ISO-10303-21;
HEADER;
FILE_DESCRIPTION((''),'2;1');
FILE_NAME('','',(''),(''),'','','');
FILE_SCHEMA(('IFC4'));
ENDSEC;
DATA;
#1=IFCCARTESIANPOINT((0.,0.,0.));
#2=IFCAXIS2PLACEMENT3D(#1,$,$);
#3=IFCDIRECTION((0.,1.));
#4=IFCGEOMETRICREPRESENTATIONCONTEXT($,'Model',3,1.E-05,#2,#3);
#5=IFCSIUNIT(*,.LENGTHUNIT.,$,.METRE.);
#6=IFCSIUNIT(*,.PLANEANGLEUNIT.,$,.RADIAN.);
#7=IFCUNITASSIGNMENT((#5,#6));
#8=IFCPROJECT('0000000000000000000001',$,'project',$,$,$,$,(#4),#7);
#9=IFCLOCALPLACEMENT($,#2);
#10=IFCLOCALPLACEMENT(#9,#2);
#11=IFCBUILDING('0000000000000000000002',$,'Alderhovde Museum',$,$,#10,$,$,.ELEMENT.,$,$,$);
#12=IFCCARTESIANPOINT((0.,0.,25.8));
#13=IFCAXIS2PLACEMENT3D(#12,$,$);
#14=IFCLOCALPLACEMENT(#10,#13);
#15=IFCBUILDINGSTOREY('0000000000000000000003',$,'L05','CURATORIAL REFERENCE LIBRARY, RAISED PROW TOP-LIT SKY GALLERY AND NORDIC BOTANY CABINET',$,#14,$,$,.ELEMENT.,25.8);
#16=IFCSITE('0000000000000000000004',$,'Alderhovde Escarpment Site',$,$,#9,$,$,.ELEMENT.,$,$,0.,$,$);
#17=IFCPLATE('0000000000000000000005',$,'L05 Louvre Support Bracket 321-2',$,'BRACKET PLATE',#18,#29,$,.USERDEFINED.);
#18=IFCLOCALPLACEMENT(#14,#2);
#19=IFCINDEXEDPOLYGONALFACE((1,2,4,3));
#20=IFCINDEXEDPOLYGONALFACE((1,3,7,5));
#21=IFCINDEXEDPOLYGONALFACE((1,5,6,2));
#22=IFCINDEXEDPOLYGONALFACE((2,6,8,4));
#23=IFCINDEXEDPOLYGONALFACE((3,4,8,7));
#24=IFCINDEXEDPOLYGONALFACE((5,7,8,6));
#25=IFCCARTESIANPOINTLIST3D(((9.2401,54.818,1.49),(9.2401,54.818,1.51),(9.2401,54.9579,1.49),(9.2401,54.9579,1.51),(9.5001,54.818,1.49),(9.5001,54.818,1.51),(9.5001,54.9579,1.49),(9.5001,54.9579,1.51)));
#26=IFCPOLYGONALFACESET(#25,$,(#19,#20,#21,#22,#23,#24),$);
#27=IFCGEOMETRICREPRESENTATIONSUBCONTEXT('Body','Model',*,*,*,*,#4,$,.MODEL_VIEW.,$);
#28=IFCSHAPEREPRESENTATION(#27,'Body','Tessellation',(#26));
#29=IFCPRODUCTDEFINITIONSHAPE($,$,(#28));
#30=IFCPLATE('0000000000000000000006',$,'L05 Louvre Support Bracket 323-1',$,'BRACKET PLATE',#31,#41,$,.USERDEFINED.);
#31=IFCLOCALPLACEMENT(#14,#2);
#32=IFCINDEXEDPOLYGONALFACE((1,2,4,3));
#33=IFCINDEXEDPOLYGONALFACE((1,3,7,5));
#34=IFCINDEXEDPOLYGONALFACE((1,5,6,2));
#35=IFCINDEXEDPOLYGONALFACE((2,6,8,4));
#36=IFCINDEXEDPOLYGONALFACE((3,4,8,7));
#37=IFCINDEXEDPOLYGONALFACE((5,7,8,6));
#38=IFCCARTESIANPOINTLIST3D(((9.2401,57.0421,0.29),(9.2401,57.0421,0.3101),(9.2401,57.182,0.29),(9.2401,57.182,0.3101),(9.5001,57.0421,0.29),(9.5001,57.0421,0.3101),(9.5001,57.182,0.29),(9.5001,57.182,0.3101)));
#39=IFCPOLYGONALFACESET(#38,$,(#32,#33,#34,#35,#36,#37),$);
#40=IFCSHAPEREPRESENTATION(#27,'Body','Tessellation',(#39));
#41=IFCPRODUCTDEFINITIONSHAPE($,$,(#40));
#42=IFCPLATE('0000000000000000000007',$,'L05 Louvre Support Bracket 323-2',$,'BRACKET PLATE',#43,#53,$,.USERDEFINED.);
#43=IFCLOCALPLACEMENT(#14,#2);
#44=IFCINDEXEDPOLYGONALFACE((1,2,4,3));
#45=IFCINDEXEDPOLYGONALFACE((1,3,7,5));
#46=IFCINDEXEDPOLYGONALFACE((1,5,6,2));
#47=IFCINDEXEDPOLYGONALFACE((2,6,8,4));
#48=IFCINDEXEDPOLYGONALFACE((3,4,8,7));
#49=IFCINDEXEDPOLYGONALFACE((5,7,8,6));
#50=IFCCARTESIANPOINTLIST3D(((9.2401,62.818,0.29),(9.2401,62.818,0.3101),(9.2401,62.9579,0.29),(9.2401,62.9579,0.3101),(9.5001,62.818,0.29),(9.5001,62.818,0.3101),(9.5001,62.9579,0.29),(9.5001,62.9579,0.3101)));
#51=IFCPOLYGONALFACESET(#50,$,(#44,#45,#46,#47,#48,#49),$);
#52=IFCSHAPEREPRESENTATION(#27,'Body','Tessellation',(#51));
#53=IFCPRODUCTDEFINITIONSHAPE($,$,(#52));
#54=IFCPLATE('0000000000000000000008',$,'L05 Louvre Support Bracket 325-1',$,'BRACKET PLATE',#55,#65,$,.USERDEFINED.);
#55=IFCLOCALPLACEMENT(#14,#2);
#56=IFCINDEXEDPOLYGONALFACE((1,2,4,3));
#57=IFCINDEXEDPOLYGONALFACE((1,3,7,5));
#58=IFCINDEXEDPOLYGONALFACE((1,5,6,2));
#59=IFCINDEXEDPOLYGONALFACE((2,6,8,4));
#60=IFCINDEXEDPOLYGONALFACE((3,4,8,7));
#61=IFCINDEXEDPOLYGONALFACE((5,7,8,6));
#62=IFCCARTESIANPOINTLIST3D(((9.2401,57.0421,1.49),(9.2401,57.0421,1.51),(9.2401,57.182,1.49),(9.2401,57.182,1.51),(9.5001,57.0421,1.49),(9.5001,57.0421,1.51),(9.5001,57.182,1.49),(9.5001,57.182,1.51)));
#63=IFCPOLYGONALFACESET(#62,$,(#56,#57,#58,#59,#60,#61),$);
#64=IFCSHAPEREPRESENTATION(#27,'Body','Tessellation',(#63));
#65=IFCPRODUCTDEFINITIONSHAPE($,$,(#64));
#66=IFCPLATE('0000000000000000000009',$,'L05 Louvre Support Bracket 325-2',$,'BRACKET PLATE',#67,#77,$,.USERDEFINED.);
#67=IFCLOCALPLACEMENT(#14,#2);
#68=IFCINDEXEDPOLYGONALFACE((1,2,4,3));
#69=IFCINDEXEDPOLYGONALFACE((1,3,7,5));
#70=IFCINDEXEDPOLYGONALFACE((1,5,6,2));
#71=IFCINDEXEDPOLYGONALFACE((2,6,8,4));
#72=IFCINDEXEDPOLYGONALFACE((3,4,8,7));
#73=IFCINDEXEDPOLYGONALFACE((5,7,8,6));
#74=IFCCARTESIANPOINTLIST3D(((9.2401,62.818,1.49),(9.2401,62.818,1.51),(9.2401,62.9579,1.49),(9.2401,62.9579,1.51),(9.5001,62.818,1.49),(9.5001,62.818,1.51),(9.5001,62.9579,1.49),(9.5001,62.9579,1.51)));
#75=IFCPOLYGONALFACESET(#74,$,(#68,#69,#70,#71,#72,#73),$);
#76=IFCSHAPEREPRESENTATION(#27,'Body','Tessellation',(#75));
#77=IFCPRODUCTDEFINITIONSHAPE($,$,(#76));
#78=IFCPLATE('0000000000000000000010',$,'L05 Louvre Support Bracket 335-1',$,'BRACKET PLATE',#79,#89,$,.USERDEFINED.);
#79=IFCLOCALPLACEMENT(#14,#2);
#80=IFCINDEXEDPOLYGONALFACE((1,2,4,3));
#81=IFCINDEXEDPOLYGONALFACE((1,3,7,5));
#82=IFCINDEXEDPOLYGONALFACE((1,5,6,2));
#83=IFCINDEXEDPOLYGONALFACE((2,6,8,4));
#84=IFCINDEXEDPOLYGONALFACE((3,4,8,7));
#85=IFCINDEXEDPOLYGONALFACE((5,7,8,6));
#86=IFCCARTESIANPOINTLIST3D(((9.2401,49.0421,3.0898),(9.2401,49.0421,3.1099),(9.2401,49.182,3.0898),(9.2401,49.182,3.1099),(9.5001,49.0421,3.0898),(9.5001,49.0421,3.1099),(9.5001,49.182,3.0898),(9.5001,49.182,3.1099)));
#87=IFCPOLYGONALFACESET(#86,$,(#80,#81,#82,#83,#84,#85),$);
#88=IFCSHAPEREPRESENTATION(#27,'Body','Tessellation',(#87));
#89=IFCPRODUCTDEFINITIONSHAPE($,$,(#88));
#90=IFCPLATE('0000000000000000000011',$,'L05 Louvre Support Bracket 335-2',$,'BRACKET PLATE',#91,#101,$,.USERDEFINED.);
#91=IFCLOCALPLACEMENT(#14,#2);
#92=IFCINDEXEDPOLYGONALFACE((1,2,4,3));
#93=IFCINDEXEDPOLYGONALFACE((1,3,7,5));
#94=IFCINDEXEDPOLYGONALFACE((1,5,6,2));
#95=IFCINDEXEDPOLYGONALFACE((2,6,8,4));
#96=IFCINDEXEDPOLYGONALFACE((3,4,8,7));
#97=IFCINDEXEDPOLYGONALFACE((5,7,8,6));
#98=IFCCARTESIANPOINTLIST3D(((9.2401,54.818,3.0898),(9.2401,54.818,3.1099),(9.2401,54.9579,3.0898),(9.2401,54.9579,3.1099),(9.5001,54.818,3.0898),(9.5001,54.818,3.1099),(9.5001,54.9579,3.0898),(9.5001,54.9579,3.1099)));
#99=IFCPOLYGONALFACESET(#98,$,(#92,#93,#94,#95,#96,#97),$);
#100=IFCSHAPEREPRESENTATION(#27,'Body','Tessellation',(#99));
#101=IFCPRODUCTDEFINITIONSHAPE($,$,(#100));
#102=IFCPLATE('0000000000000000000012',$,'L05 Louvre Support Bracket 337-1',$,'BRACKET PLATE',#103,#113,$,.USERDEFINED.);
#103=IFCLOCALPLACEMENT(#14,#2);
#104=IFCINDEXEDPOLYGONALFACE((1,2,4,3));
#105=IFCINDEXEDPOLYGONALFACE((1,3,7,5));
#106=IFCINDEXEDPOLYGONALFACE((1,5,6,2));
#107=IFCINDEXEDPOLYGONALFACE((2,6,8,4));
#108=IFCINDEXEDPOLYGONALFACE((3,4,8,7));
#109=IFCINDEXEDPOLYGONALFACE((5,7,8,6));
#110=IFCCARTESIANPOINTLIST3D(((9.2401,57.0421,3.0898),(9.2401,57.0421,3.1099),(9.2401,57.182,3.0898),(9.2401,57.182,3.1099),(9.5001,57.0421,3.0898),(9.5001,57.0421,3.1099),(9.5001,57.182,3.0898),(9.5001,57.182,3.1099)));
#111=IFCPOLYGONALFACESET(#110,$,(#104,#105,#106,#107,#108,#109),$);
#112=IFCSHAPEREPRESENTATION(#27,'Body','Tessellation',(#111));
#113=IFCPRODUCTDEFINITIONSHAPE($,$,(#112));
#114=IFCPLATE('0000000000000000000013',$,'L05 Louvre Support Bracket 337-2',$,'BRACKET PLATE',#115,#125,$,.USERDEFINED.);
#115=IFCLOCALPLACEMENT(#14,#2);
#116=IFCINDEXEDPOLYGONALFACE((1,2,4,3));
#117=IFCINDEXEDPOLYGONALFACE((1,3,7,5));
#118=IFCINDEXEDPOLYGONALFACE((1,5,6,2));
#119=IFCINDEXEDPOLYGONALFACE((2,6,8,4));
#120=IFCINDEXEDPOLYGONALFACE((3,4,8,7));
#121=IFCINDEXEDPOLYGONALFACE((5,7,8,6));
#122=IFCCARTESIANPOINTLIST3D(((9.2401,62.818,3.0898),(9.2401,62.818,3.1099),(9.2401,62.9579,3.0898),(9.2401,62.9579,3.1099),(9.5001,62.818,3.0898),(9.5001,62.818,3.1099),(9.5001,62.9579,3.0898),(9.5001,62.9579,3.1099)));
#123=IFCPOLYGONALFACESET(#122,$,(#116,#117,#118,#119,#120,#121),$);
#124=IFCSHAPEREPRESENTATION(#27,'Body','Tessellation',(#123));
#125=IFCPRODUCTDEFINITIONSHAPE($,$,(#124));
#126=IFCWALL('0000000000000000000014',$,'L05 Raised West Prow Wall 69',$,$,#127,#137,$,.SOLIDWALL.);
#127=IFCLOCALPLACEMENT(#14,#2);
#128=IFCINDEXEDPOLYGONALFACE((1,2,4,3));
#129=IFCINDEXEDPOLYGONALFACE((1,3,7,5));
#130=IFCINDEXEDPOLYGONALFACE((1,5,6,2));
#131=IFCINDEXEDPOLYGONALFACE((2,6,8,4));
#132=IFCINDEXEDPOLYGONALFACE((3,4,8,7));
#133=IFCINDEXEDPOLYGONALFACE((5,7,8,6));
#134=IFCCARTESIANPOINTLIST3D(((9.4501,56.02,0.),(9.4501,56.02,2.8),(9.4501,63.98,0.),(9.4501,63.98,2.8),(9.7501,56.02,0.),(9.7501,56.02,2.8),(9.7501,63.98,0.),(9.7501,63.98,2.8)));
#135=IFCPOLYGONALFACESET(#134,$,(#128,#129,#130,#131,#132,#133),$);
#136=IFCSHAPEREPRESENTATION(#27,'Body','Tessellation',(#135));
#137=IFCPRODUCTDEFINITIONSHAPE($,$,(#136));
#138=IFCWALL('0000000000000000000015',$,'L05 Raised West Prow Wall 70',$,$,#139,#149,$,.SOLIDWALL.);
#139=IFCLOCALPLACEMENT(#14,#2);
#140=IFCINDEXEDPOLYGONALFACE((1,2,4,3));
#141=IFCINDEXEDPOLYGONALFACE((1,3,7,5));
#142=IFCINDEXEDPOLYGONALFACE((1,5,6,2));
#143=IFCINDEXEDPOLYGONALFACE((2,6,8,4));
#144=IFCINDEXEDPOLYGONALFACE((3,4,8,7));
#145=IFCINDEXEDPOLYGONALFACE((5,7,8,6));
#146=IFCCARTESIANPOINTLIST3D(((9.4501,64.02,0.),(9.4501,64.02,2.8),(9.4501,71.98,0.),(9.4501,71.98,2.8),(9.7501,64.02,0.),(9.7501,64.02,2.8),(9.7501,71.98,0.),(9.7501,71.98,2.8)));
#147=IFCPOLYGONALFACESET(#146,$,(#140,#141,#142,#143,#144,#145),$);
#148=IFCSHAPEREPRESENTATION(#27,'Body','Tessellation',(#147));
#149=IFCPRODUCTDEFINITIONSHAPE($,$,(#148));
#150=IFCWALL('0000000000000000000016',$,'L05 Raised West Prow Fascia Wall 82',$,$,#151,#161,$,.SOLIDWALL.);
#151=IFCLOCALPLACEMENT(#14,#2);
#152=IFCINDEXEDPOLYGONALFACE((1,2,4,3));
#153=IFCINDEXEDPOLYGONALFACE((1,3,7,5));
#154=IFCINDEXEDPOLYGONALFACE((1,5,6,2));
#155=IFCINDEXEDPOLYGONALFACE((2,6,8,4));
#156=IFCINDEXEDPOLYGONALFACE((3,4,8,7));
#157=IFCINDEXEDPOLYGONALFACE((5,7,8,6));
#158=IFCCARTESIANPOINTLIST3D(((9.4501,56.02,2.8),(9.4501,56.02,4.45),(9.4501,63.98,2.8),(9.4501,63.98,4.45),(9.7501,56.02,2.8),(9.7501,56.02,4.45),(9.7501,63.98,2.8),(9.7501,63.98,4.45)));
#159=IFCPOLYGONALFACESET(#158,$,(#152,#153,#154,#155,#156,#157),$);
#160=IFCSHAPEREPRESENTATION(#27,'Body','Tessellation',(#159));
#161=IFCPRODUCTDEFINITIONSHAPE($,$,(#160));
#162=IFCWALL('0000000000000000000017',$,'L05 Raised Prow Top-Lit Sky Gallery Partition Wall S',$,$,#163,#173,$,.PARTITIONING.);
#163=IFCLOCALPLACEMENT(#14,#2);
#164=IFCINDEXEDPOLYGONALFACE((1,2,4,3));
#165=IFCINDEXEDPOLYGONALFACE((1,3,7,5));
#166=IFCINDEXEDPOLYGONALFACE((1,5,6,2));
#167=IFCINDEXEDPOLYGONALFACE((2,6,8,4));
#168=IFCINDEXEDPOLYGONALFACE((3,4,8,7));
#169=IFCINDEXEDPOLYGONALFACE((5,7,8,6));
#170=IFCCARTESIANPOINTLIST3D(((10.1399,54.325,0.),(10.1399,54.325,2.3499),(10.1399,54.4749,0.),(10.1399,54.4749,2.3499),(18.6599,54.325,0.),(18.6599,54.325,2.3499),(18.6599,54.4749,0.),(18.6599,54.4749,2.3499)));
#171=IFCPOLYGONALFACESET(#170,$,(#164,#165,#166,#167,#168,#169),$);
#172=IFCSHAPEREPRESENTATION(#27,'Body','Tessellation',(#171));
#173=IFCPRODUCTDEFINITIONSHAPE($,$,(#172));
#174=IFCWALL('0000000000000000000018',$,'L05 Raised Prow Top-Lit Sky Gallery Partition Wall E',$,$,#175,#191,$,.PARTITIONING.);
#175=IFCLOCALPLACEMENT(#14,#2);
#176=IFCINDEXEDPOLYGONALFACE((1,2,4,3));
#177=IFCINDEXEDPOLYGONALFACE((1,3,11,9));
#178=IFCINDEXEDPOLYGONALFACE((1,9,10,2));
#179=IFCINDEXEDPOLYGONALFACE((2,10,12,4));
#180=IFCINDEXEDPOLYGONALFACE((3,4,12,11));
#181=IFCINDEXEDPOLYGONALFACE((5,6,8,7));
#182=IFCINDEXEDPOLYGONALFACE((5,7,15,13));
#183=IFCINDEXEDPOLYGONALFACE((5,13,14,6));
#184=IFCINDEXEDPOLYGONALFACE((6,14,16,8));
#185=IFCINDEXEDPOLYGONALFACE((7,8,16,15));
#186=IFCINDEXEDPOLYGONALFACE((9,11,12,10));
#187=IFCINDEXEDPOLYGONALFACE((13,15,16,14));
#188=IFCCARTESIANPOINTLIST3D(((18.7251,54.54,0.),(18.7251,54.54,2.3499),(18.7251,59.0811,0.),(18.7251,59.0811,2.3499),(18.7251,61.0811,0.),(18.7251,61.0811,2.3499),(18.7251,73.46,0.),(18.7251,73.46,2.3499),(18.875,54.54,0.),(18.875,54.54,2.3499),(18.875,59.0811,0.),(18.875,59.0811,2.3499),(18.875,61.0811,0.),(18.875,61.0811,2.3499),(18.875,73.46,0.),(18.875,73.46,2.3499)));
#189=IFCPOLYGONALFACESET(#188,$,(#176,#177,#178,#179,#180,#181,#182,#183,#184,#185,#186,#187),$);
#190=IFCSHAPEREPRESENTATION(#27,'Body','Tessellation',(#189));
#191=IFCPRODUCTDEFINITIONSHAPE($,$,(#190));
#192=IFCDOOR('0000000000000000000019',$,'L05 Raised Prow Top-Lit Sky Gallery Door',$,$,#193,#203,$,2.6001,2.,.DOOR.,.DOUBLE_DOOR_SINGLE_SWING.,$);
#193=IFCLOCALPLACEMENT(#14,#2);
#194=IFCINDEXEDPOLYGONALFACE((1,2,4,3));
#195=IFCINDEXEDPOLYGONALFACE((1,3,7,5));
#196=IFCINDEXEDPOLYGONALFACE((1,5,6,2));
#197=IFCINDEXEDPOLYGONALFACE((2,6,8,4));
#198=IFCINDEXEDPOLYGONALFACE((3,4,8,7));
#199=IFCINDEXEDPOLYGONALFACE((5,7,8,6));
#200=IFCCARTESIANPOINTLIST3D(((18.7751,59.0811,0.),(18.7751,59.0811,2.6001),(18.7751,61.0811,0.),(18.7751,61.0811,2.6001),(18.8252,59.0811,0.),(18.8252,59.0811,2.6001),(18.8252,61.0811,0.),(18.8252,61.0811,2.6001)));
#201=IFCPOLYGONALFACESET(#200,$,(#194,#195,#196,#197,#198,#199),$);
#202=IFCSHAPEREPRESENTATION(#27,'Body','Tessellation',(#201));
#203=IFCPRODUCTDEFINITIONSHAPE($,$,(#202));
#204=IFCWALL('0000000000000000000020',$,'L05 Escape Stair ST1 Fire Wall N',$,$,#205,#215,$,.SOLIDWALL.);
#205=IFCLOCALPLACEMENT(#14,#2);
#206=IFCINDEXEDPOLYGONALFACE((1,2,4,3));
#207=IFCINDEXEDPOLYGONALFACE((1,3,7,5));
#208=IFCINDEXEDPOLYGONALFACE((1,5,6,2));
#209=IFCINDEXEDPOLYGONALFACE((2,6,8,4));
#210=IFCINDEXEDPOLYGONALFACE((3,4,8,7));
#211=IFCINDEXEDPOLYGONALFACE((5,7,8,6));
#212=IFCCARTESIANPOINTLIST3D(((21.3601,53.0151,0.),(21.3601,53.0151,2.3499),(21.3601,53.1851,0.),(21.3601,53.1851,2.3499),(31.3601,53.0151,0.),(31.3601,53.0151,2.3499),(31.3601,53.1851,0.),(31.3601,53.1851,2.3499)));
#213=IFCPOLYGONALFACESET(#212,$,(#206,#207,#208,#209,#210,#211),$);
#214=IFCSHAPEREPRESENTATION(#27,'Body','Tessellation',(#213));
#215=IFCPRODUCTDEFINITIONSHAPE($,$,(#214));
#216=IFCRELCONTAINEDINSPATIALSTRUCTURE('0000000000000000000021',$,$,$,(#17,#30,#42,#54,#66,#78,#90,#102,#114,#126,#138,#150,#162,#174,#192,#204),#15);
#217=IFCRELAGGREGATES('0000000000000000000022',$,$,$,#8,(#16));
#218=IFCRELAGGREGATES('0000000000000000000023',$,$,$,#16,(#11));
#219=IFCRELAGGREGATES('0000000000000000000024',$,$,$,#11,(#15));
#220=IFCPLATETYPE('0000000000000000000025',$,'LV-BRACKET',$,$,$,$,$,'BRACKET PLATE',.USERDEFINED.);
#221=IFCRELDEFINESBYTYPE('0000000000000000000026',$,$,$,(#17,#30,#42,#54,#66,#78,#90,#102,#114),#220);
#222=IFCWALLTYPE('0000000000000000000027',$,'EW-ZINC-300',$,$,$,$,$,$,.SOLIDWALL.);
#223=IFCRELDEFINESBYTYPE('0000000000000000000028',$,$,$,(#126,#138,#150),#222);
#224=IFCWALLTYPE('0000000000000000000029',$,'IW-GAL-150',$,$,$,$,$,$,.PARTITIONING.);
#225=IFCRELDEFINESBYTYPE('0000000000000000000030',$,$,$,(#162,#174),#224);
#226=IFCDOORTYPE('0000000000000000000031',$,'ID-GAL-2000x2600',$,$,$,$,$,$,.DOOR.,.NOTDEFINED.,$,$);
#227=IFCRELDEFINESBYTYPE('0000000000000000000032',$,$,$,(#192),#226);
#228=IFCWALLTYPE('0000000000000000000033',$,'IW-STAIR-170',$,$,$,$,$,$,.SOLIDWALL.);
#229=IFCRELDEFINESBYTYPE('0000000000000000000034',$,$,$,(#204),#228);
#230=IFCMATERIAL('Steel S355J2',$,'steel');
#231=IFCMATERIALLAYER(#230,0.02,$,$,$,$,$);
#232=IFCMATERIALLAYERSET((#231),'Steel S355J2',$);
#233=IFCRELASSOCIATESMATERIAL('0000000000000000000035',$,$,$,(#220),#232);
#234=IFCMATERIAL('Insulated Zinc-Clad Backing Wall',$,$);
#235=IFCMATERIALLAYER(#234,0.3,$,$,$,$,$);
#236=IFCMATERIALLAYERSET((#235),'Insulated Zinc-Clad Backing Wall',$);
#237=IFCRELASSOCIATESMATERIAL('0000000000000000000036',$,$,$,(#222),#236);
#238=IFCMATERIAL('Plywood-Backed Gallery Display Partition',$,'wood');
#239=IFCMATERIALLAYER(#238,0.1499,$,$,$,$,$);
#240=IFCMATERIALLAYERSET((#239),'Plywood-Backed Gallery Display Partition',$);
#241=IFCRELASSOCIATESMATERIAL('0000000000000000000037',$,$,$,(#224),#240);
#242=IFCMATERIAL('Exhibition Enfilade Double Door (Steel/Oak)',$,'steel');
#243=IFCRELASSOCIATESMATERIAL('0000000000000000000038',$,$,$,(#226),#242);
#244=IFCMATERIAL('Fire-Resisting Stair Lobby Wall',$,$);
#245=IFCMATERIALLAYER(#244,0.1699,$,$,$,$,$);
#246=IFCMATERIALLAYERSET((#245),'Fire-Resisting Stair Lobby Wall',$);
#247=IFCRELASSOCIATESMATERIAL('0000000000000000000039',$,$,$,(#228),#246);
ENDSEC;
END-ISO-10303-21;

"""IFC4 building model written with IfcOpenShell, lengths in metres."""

from ifc_helpers import new_model, si_unit, direction, frame, frame_2d, origin, origin_2d, place, context, subcontext, project, spatial, rectangle, extrude, material, layer, layer_set, type_object, element, fill, save


model = new_model("IFC4")

# Units and contexts
model_context = context("Model", 3, precision=1e-05, world=origin(), true_north=direction((0.0, 1.0)))
body_context = subcontext(model_context, "Body", "Model", "MODEL_VIEW")
ifc_project = project(units=[si_unit("LENGTHUNIT", "METRE"), si_unit("PLANEANGLEUNIT", "RADIAN")], contexts=[model_context])

# Site, building, storey
site_placement = place(None, origin())
site = spatial("IfcSite", under=ifc_project, at=site_placement, Name="Alderhovde Escarpment Site", CompositionType="ELEMENT", RefElevation=0.0)
building_placement = place(site_placement, origin())
building = spatial("IfcBuilding", under=site, at=building_placement, Name="Alderhovde Museum", CompositionType="ELEMENT")
storey_placement = place(building_placement, frame((0.0, 0.0, 25.8)))
storey = spatial("IfcBuildingStorey", under=building, at=storey_placement, Name="L05", Description="CURATORIAL REFERENCE LIBRARY, RAISED PROW TOP-LIT SKY GALLERY AND NORDIC BOTANY CABINET", CompositionType="ELEMENT", Elevation=25.8)

# Plates
ifc_material_1 = material(Name="Steel S355J2", Category="steel")
ifc_layer_1 = layer(ifc_material_1, 0.02)
ifc_layer_set_1 = layer_set([ifc_layer_1], Name="Steel S355J2")
plate_type_1 = type_object("IfcPlateType", Name="LV-BRACKET", ElementType="BRACKET PLATE", PredefinedType="USERDEFINED", material=ifc_layer_set_1)
for number, where, z_axis, x_axis, name in (
    (1, (9.3701, 54.8879, 1.49), (0.0, 0.0, 1.0), (0.0, 1.0, 0.0), "L05 Louvre Support Bracket 321-2"),
    (2, (9.3701, 57.1121, 0.29), (0.0, 0.0, 1.0), (0.0, 1.0, 0.0), "L05 Louvre Support Bracket 323-1"),
    (3, (9.3701, 62.8879, 0.29), (0.0, 0.0, 1.0), (0.0, 1.0, 0.0), "L05 Louvre Support Bracket 323-2"),
    (4, (9.3701, 57.1121, 1.49), (0.0, 0.0, 1.0), (0.0, 1.0, 0.0), "L05 Louvre Support Bracket 325-1"),
    (5, (9.3701, 62.8879, 1.49), (0.0, 0.0, 1.0), (0.0, 1.0, 0.0), "L05 Louvre Support Bracket 325-2"),
    (6, (9.3701, 49.1121, 3.0898), (0.0, 0.0, 1.0), (0.0, 1.0, 0.0), "L05 Louvre Support Bracket 335-1"),
    (7, (9.3701, 54.8879, 3.0898), (0.0, 0.0, 1.0), (0.0, 1.0, 0.0), "L05 Louvre Support Bracket 335-2"),
    (8, (9.3701, 57.1121, 3.0898), (0.0, 0.0, 1.0), (0.0, 1.0, 0.0), "L05 Louvre Support Bracket 337-1"),
    (9, (9.3701, 62.8879, 3.0898), (0.0, 0.0, 1.0), (0.0, 1.0, 0.0), "L05 Louvre Support Bracket 337-2"),
):
    element("IfcPlate", number, at=place(storey_placement, frame(where, z_axis=z_axis, x_axis=x_axis)), inside=storey, type_object=plate_type_1, Name=name, ObjectType="BRACKET PLATE", PredefinedType="USERDEFINED", context=body_context, shape_type="SweptSolid", body=[
        extrude(rectangle(XDim=0.1399, YDim=0.26, at=origin_2d()), origin(), (0.0, 0.0, 1.0), 0.02),
    ])

# Walls
ifc_material_2 = material(Name="Insulated Zinc-Clad Backing Wall")
ifc_layer_2 = layer(ifc_material_2, 0.3)
ifc_layer_set_2 = layer_set([ifc_layer_2], Name="Insulated Zinc-Clad Backing Wall")
wall_type_1 = type_object("IfcWallType", Name="EW-ZINC-300", PredefinedType="SOLIDWALL", material=ifc_layer_set_2)
for number, where, z_axis, x_axis, name in (
    (10, (9.6001, 56.02, 0.0), (0.0, 0.0, 1.0), (0.0, 1.0, 0.0), "L05 Raised West Prow Wall 69"),
    (11, (9.6001, 64.02, 0.0), (0.0, 0.0, 1.0), (0.0, 1.0, 0.0), "L05 Raised West Prow Wall 70"),
):
    element("IfcWall", number, at=place(storey_placement, frame(where, z_axis=z_axis, x_axis=x_axis)), inside=storey, type_object=wall_type_1, Name=name, PredefinedType="SOLIDWALL", context=body_context, shape_type="SweptSolid", body=[
        extrude(rectangle(XDim=7.96, YDim=0.3, at=frame_2d((3.98, 0.0))), origin(), (0.0, 0.0, 1.0), 2.8),
    ])
wall_1_placement = place(storey_placement, frame((9.6001, 56.02, 2.8), z_axis=(0.0, 0.0, 1.0), x_axis=(0.0, 1.0, 0.0)))
element("IfcWall", 12, at=wall_1_placement, inside=storey, type_object=wall_type_1, Name="L05 Raised West Prow Fascia Wall 82", PredefinedType="SOLIDWALL", context=body_context, shape_type="SweptSolid", body=[
    extrude(rectangle(XDim=7.96, YDim=0.3, at=frame_2d((3.98, 0.0))), origin(), (0.0, 0.0, 1.0), 1.6499),
])
ifc_material_3 = material(Name="Plywood-Backed Gallery Display Partition", Category="wood")
ifc_layer_3 = layer(ifc_material_3, 0.1499)
ifc_layer_set_3 = layer_set([ifc_layer_3], Name="Plywood-Backed Gallery Display Partition")
wall_type_2 = type_object("IfcWallType", Name="IW-GAL-150", PredefinedType="PARTITIONING", material=ifc_layer_set_3)
wall_2_placement = place(storey_placement, frame((10.1399, 54.3999, 0.0), z_axis=(0.0, 0.0, 1.0), x_axis=(1.0, 0.0, 0.0)))
element("IfcWall", 13, at=wall_2_placement, inside=storey, type_object=wall_type_2, Name="L05 Raised Prow Top-Lit Sky Gallery Partition Wall S", PredefinedType="PARTITIONING", context=body_context, shape_type="SweptSolid", body=[
    extrude(rectangle(XDim=8.52, YDim=0.1499, at=frame_2d((4.26, 0.0))), origin(), (0.0, 0.0, 1.0), 2.3499),
])

# Wall, opening, door
wall_3_placement = place(storey_placement, frame((18.8, 54.54, 0.0), z_axis=(0.0, 0.0, 1.0), x_axis=(0.0, 1.0, 0.0)))
wall_3 = element("IfcWall", 14, at=wall_3_placement, inside=storey, type_object=wall_type_2, Name="L05 Raised Prow Top-Lit Sky Gallery Partition Wall E", PredefinedType="PARTITIONING", context=body_context, shape_type="SweptSolid", body=[
    extrude(rectangle(XDim=18.9199, YDim=0.1499, at=frame_2d((9.46, 0.0))), origin(), (0.0, 0.0, 1.0), 2.3499),
])
opening_placement = place(wall_3_placement, frame((4.541, 0.0, 0.0)))
opening = element("IfcOpeningElement", 15, at=opening_placement, cuts=wall_3, PredefinedType="OPENING", context=body_context, shape_type="SweptSolid", body=[
    extrude(rectangle(XDim=2.0, YDim=2.6001, at=frame_2d((1.0, 1.3))), frame((0.0, 0.085, 0.0), z_axis=(0.0, -1.0, 0.0), x_axis=(1.0, 0.0, 0.0)), (0.0, 0.0, 1.0), 0.1699),
])
ifc_material_4 = material(Name="Exhibition Enfilade Double Door (Steel/Oak)", Category="steel")
door_type = type_object("IfcDoorType", Name="ID-GAL-2000x2600", OperationType="NOTDEFINED", PredefinedType="DOOR", material=ifc_material_4)
door_placement = place(opening_placement, origin())
door = element("IfcDoor", 16, at=door_placement, inside=storey, type_object=door_type, Name="L05 Raised Prow Top-Lit Sky Gallery Door", OperationType="DOUBLE_DOOR_SINGLE_SWING", OverallHeight=2.6001, OverallWidth=2.0, PredefinedType="DOOR", context=body_context, shape_type="SweptSolid", body=[
    extrude(rectangle(XDim=2.0, YDim=2.6001, at=frame_2d((1.0, 1.3))), frame((0.0, 0.0249, 0.0), z_axis=(0.0, -1.0, 0.0), x_axis=(1.0, 0.0, 0.0)), (0.0, 0.0, 1.0), 0.05),
])
fill(opening, door)

# Wall
ifc_material_5 = material(Name="Fire-Resisting Stair Lobby Wall")
ifc_layer_4 = layer(ifc_material_5, 0.1699)
ifc_layer_set_4 = layer_set([ifc_layer_4], Name="Fire-Resisting Stair Lobby Wall")
wall_type_3 = type_object("IfcWallType", Name="IW-STAIR-170", PredefinedType="SOLIDWALL", material=ifc_layer_set_4)
wall_4_placement = place(storey_placement, frame((21.3601, 53.1001, 0.0), z_axis=(0.0, 0.0, 1.0), x_axis=(1.0, 0.0, 0.0)))
element("IfcWall", 17, at=wall_4_placement, inside=storey, type_object=wall_type_3, Name="L05 Escape Stair ST1 Fire Wall N", PredefinedType="SOLIDWALL", context=body_context, shape_type="SweptSolid", body=[
    extrude(rectangle(XDim=10.0, YDim=0.1699, at=frame_2d((5.0, 0.0))), origin(), (0.0, 0.0, 1.0), 2.3499),
])

save(model, "model.ifc")
